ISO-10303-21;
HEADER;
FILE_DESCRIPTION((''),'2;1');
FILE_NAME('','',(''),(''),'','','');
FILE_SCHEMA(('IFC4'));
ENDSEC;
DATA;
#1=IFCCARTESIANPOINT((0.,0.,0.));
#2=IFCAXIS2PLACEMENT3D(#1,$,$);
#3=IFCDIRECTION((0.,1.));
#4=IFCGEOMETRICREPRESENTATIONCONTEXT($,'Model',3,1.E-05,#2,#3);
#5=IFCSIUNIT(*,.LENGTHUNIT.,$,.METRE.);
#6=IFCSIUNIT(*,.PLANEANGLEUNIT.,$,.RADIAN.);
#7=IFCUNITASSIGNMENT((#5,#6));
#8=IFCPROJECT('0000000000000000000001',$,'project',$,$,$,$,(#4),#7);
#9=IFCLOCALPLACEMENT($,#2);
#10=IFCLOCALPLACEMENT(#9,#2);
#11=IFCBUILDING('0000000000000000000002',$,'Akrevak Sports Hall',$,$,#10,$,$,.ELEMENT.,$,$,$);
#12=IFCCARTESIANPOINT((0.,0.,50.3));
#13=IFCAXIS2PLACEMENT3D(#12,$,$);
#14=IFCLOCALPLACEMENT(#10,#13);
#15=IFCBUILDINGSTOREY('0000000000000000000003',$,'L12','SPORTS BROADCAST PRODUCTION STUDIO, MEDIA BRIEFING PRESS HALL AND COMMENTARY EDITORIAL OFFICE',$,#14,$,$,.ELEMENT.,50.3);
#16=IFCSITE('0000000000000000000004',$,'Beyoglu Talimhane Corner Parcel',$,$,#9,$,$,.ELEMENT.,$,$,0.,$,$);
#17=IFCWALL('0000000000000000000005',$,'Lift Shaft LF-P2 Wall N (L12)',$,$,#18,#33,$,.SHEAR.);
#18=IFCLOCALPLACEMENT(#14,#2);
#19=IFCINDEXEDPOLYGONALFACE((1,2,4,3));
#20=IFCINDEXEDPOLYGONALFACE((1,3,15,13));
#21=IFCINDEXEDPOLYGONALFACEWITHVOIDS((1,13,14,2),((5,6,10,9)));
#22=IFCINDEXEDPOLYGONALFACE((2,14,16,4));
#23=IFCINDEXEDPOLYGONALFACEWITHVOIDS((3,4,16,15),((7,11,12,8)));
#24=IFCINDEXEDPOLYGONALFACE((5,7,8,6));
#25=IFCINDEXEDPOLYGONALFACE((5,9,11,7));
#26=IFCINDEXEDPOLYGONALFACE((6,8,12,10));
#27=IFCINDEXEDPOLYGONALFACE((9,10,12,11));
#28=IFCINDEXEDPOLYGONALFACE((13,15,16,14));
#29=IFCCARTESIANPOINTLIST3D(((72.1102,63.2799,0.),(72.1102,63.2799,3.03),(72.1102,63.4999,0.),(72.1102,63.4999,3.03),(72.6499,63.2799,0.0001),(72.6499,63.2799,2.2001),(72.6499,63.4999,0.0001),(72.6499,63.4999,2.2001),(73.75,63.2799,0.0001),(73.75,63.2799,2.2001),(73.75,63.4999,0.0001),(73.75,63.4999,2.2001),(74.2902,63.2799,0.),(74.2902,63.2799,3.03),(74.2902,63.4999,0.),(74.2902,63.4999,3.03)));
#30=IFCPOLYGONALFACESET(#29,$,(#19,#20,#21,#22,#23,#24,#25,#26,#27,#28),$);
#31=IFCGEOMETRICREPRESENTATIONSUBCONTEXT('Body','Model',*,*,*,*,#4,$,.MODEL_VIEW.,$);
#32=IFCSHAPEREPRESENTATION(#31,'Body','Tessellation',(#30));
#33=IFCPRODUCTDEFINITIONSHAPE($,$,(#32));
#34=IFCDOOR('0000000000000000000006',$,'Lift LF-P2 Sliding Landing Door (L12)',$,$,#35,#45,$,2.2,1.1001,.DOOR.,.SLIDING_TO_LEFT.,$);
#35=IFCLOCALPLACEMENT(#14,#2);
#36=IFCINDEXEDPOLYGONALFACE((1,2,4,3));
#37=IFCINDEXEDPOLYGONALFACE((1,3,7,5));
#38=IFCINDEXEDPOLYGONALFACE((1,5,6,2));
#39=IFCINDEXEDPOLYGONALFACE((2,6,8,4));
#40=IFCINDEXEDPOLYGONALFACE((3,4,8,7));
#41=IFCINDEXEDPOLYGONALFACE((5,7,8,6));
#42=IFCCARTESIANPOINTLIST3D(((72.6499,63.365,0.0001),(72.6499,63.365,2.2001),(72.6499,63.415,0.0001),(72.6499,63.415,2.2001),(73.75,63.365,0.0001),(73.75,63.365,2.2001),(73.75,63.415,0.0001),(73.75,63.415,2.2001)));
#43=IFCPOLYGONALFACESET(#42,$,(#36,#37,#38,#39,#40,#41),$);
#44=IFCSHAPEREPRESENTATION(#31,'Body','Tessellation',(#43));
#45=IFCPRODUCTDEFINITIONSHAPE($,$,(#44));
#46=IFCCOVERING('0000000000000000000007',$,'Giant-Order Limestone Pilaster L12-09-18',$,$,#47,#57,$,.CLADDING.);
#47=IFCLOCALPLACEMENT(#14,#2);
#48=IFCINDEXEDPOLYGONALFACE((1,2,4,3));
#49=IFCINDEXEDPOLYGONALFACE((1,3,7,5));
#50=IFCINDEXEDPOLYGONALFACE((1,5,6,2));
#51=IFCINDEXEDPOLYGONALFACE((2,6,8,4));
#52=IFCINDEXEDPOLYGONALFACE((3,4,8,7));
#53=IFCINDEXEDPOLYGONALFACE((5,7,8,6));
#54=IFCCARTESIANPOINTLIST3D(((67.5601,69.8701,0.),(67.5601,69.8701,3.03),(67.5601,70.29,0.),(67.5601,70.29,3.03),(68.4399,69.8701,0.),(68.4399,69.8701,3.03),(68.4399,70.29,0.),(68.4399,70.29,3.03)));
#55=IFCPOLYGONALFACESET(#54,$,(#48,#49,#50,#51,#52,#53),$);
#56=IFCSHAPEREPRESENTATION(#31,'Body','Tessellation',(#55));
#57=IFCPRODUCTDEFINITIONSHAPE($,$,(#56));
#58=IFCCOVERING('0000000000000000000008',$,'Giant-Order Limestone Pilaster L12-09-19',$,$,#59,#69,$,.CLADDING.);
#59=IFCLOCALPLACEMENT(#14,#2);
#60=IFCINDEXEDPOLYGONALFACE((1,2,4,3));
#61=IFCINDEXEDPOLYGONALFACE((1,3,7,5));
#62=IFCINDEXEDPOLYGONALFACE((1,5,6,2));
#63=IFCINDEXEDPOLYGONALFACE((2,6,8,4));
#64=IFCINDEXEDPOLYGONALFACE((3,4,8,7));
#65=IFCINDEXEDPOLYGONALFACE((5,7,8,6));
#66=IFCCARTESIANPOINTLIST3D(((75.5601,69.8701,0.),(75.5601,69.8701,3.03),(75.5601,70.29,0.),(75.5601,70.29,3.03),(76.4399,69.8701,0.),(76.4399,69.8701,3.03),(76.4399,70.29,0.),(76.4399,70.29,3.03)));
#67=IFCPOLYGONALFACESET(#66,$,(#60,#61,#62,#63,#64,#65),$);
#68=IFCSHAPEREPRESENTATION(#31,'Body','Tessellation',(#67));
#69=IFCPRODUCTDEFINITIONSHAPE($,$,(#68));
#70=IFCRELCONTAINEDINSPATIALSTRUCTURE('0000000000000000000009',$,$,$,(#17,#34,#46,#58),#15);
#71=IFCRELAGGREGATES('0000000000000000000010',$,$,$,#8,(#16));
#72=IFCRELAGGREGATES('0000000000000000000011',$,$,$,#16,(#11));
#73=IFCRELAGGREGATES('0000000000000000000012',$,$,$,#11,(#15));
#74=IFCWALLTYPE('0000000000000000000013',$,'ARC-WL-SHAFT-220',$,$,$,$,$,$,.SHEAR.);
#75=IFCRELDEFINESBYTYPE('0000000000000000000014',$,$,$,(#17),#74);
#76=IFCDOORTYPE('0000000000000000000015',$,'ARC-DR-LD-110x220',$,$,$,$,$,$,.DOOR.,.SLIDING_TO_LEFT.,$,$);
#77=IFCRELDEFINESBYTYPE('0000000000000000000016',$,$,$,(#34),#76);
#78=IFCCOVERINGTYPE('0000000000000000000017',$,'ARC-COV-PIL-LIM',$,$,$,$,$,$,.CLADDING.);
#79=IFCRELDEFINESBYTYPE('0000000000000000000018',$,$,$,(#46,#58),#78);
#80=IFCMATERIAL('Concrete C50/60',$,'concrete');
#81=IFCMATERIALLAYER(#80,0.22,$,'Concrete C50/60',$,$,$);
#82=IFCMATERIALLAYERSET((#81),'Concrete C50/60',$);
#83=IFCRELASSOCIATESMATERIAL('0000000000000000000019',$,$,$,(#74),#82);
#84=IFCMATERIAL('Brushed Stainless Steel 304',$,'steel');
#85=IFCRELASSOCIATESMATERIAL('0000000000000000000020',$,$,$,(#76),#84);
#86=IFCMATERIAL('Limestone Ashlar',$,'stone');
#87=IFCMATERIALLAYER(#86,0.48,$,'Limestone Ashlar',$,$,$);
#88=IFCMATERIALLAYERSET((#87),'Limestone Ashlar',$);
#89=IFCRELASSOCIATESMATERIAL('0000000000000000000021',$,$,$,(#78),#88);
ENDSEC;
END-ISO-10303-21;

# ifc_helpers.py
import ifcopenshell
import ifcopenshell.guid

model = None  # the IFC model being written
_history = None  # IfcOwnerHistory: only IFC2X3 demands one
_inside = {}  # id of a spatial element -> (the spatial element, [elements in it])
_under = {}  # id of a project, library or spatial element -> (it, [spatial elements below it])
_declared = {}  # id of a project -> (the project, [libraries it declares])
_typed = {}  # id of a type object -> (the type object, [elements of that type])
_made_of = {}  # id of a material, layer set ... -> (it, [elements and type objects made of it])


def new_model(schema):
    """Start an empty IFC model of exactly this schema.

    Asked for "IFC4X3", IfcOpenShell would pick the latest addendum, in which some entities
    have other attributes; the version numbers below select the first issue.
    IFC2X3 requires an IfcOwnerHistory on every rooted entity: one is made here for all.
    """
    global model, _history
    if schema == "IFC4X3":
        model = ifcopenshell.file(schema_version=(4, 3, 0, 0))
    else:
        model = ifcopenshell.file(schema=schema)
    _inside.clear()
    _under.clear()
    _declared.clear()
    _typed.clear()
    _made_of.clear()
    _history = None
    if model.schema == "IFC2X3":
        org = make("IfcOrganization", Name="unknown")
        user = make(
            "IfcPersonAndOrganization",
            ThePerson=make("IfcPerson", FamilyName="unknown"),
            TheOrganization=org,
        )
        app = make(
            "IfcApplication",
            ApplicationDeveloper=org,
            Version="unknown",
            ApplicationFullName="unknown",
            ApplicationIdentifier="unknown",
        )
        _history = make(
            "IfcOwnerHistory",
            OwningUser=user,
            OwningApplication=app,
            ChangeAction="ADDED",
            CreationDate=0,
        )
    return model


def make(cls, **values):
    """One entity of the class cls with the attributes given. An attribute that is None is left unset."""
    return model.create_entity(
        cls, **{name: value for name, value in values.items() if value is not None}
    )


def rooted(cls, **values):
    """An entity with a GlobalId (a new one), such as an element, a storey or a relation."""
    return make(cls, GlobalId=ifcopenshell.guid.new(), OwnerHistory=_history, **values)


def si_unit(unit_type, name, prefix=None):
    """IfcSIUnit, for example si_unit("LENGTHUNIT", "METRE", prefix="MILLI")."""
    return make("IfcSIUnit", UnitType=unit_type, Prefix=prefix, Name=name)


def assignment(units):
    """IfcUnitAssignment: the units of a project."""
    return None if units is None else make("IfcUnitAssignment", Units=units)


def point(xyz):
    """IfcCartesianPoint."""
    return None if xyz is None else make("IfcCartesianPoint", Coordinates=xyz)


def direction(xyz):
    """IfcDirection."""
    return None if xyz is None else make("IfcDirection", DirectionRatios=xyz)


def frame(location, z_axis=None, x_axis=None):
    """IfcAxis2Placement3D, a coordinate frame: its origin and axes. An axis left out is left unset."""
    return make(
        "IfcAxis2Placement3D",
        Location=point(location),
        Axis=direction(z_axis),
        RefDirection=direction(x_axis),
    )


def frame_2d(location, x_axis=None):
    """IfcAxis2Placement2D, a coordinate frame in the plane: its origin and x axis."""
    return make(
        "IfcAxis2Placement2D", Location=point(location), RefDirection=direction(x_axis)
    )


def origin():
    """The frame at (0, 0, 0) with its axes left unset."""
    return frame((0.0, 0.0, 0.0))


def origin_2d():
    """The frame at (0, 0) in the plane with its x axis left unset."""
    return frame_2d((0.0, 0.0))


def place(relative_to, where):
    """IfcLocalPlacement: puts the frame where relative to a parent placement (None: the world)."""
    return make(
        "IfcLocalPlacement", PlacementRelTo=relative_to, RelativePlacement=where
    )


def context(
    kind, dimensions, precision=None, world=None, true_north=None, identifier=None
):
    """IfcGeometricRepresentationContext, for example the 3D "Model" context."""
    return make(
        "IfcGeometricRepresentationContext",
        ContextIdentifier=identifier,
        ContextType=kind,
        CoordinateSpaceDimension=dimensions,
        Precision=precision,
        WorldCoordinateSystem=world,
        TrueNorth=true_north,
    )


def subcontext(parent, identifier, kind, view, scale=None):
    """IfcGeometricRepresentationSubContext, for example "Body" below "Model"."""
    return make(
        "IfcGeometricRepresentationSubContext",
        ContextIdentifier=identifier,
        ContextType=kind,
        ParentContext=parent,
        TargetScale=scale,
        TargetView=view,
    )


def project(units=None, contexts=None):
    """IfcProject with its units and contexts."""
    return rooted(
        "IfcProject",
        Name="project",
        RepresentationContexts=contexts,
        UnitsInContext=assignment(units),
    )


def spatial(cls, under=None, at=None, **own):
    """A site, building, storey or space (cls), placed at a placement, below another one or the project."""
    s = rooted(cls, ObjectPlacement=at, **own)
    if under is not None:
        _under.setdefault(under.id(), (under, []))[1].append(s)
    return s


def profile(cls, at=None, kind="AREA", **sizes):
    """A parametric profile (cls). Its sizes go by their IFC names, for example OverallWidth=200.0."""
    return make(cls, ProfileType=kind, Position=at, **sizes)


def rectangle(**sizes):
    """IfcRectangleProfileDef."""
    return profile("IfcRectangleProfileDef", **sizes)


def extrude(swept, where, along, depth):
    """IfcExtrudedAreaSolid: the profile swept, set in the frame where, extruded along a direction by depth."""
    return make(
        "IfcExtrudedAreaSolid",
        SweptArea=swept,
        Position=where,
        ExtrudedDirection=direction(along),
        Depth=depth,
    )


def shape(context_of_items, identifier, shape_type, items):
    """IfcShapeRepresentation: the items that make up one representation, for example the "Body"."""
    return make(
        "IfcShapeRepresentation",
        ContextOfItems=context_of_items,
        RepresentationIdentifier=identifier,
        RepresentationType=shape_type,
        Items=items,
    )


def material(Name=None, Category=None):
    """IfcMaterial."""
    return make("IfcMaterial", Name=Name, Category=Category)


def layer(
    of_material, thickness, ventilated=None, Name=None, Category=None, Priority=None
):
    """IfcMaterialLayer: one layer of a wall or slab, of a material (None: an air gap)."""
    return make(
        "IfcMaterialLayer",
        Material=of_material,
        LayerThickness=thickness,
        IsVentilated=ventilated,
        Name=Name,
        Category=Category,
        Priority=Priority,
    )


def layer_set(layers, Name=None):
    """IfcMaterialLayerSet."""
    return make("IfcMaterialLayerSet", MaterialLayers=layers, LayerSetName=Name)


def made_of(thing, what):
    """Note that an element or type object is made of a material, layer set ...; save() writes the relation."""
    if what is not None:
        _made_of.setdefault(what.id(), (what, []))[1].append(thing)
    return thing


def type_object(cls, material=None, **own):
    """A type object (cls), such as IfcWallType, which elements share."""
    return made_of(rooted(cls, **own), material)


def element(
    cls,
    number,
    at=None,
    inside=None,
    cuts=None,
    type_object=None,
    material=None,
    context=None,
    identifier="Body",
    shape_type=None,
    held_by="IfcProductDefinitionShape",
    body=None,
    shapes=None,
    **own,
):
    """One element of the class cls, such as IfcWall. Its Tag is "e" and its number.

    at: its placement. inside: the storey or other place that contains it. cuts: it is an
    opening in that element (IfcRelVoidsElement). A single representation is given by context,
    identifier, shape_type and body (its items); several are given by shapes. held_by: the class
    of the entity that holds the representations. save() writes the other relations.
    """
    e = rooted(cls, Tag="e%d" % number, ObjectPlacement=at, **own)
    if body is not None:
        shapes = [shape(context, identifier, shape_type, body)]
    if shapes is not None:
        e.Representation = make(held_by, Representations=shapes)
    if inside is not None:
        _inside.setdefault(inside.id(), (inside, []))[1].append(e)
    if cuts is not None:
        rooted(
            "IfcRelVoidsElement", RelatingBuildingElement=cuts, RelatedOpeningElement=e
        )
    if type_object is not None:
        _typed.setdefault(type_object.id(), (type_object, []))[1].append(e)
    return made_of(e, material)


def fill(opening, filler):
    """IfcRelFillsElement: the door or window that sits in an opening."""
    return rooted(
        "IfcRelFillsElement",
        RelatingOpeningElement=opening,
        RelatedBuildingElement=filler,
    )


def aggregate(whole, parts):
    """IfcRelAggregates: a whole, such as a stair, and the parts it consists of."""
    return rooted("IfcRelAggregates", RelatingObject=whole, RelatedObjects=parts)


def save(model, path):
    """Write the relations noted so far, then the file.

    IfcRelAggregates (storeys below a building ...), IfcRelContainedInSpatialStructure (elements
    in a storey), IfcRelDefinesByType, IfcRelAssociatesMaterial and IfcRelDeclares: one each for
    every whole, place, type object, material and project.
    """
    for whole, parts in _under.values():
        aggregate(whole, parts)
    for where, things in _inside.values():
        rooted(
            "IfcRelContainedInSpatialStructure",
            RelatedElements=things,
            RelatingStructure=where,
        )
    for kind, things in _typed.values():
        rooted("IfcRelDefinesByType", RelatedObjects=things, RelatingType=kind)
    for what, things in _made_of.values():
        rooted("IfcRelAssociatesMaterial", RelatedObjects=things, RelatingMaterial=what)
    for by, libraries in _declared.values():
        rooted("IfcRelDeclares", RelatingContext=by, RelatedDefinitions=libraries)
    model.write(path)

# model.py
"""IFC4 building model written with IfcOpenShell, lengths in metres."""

from ifc_helpers import new_model, si_unit, direction, frame, frame_2d, origin, origin_2d, place, context, subcontext, project, spatial, rectangle, extrude, material, layer, layer_set, type_object, element, fill, save


model = new_model("IFC4")

# Units and contexts
model_context = context("Model", 3, precision=1e-05, world=origin(), true_north=direction((0.0, 1.0)))
body_context = subcontext(model_context, "Body", "Model", "MODEL_VIEW")
ifc_project = project(units=[si_unit("LENGTHUNIT", "METRE"), si_unit("PLANEANGLEUNIT", "RADIAN")], contexts=[model_context])

# Site, building, storey
site_placement = place(None, origin())
site = spatial("IfcSite", under=ifc_project, at=site_placement, Name="Beyoglu Talimhane Corner Parcel", CompositionType="ELEMENT", RefElevation=0.0)
building_placement = place(site_placement, origin())
building = spatial("IfcBuilding", under=site, at=building_placement, Name="Akrevak Sports Hall", CompositionType="ELEMENT")
storey_placement = place(building_placement, frame((0.0, 0.0, 50.3)))
storey = spatial("IfcBuildingStorey", under=building, at=storey_placement, Name="L12", Description="SPORTS BROADCAST PRODUCTION STUDIO, MEDIA BRIEFING PRESS HALL AND COMMENTARY EDITORIAL OFFICE", CompositionType="ELEMENT", Elevation=50.3)

# Wall, opening, door
ifc_material_1 = material(Name="Concrete C50/60", Category="concrete")
ifc_layer_1 = layer(ifc_material_1, 0.22, Name="Concrete C50/60")
ifc_layer_set_1 = layer_set([ifc_layer_1], Name="Concrete C50/60")
wall_type_1 = type_object("IfcWallType", Name="ARC-WL-SHAFT-220", PredefinedType="SHEAR", material=ifc_layer_set_1)
wall_1_placement = place(storey_placement, frame((74.29, 63.3899, 0.0), z_axis=(0.0, 0.0, 1.0), x_axis=(-1.0, 0.0, 0.0)))
wall_1 = element("IfcWall", 1, at=wall_1_placement, inside=storey, type_object=wall_type_1, Name="Lift Shaft LF-P2 Wall N (L12)", PredefinedType="SHEAR", context=body_context, shape_type="SweptSolid", body=[
    extrude(rectangle(XDim=2.1799, YDim=0.22, at=frame_2d((1.0898, 0.0))), origin(), (0.0, 0.0, 1.0), 3.03),
])
opening_1_placement = place(wall_1_placement, frame((0.54, 0.0, 0.0)))
opening_1 = element("IfcOpeningElement", 2, at=opening_1_placement, cuts=wall_1, PredefinedType="OPENING", context=body_context, shape_type="SweptSolid", body=[
    extrude(rectangle(XDim=1.1001, YDim=2.2, at=frame_2d((0.55, 1.1001))), frame((0.0, 0.1221, 0.0), z_axis=(0.0, -1.0, 0.0), x_axis=(1.0, 0.0, 0.0)), (0.0, 0.0, 1.0), 0.2439),
])
ifc_material_2 = material(Name="Brushed Stainless Steel 304", Category="steel")
door_type_1 = type_object("IfcDoorType", Name="ARC-DR-LD-110x220", OperationType="SLIDING_TO_LEFT", PredefinedType="DOOR", material=ifc_material_2)
door_1_placement = place(opening_1_placement, origin())
door_1 = element("IfcDoor", 3, at=door_1_placement, inside=storey, type_object=door_type_1, Name="Lift LF-P2 Sliding Landing Door (L12)", OperationType="SLIDING_TO_LEFT", OverallHeight=2.2, OverallWidth=1.1001, PredefinedType="DOOR", context=body_context, shape_type="SweptSolid", body=[
    extrude(rectangle(XDim=1.1001, YDim=2.2, at=frame_2d((0.55, 1.1001))), frame((0.0, 0.0249, 0.0), z_axis=(0.0, -1.0, 0.0), x_axis=(1.0, 0.0, 0.0)), (0.0, 0.0, 1.0), 0.05),
])
fill(opening_1, door_1)

# Coverings
ifc_material_3 = material(Name="Limestone Ashlar", Category="stone")
ifc_layer_2 = layer(ifc_material_3, 0.48, Name="Limestone Ashlar")
ifc_layer_set_2 = layer_set([ifc_layer_2], Name="Limestone Ashlar")
covering_type = type_object("IfcCoveringType", Name="ARC-COV-PIL-LIM", PredefinedType="CLADDING", material=ifc_layer_set_2)
for number, where, z_axis, x_axis, name in (
    (4, (68.0, 70.0801, 0.0), (0.0, 0.0, 1.0), (-1.0, 0.0, 0.0), "Giant-Order Limestone Pilaster L12-09-18"),
    (5, (76.0, 70.0801, 0.0), (0.0, 0.0, 1.0), (-1.0, 0.0, 0.0), "Giant-Order Limestone Pilaster L12-09-19"),
):
    element("IfcCovering", number, at=place(storey_placement, frame(where, z_axis=z_axis, x_axis=x_axis)), inside=storey, type_object=covering_type, Name=name, PredefinedType="CLADDING", context=body_context, shape_type="SweptSolid", body=[
        extrude(rectangle(XDim=0.8799, YDim=0.4199, at=origin_2d()), origin(), (0.0, 0.0, 1.0), 3.03),
    ])

save(model, "model.ifc")
